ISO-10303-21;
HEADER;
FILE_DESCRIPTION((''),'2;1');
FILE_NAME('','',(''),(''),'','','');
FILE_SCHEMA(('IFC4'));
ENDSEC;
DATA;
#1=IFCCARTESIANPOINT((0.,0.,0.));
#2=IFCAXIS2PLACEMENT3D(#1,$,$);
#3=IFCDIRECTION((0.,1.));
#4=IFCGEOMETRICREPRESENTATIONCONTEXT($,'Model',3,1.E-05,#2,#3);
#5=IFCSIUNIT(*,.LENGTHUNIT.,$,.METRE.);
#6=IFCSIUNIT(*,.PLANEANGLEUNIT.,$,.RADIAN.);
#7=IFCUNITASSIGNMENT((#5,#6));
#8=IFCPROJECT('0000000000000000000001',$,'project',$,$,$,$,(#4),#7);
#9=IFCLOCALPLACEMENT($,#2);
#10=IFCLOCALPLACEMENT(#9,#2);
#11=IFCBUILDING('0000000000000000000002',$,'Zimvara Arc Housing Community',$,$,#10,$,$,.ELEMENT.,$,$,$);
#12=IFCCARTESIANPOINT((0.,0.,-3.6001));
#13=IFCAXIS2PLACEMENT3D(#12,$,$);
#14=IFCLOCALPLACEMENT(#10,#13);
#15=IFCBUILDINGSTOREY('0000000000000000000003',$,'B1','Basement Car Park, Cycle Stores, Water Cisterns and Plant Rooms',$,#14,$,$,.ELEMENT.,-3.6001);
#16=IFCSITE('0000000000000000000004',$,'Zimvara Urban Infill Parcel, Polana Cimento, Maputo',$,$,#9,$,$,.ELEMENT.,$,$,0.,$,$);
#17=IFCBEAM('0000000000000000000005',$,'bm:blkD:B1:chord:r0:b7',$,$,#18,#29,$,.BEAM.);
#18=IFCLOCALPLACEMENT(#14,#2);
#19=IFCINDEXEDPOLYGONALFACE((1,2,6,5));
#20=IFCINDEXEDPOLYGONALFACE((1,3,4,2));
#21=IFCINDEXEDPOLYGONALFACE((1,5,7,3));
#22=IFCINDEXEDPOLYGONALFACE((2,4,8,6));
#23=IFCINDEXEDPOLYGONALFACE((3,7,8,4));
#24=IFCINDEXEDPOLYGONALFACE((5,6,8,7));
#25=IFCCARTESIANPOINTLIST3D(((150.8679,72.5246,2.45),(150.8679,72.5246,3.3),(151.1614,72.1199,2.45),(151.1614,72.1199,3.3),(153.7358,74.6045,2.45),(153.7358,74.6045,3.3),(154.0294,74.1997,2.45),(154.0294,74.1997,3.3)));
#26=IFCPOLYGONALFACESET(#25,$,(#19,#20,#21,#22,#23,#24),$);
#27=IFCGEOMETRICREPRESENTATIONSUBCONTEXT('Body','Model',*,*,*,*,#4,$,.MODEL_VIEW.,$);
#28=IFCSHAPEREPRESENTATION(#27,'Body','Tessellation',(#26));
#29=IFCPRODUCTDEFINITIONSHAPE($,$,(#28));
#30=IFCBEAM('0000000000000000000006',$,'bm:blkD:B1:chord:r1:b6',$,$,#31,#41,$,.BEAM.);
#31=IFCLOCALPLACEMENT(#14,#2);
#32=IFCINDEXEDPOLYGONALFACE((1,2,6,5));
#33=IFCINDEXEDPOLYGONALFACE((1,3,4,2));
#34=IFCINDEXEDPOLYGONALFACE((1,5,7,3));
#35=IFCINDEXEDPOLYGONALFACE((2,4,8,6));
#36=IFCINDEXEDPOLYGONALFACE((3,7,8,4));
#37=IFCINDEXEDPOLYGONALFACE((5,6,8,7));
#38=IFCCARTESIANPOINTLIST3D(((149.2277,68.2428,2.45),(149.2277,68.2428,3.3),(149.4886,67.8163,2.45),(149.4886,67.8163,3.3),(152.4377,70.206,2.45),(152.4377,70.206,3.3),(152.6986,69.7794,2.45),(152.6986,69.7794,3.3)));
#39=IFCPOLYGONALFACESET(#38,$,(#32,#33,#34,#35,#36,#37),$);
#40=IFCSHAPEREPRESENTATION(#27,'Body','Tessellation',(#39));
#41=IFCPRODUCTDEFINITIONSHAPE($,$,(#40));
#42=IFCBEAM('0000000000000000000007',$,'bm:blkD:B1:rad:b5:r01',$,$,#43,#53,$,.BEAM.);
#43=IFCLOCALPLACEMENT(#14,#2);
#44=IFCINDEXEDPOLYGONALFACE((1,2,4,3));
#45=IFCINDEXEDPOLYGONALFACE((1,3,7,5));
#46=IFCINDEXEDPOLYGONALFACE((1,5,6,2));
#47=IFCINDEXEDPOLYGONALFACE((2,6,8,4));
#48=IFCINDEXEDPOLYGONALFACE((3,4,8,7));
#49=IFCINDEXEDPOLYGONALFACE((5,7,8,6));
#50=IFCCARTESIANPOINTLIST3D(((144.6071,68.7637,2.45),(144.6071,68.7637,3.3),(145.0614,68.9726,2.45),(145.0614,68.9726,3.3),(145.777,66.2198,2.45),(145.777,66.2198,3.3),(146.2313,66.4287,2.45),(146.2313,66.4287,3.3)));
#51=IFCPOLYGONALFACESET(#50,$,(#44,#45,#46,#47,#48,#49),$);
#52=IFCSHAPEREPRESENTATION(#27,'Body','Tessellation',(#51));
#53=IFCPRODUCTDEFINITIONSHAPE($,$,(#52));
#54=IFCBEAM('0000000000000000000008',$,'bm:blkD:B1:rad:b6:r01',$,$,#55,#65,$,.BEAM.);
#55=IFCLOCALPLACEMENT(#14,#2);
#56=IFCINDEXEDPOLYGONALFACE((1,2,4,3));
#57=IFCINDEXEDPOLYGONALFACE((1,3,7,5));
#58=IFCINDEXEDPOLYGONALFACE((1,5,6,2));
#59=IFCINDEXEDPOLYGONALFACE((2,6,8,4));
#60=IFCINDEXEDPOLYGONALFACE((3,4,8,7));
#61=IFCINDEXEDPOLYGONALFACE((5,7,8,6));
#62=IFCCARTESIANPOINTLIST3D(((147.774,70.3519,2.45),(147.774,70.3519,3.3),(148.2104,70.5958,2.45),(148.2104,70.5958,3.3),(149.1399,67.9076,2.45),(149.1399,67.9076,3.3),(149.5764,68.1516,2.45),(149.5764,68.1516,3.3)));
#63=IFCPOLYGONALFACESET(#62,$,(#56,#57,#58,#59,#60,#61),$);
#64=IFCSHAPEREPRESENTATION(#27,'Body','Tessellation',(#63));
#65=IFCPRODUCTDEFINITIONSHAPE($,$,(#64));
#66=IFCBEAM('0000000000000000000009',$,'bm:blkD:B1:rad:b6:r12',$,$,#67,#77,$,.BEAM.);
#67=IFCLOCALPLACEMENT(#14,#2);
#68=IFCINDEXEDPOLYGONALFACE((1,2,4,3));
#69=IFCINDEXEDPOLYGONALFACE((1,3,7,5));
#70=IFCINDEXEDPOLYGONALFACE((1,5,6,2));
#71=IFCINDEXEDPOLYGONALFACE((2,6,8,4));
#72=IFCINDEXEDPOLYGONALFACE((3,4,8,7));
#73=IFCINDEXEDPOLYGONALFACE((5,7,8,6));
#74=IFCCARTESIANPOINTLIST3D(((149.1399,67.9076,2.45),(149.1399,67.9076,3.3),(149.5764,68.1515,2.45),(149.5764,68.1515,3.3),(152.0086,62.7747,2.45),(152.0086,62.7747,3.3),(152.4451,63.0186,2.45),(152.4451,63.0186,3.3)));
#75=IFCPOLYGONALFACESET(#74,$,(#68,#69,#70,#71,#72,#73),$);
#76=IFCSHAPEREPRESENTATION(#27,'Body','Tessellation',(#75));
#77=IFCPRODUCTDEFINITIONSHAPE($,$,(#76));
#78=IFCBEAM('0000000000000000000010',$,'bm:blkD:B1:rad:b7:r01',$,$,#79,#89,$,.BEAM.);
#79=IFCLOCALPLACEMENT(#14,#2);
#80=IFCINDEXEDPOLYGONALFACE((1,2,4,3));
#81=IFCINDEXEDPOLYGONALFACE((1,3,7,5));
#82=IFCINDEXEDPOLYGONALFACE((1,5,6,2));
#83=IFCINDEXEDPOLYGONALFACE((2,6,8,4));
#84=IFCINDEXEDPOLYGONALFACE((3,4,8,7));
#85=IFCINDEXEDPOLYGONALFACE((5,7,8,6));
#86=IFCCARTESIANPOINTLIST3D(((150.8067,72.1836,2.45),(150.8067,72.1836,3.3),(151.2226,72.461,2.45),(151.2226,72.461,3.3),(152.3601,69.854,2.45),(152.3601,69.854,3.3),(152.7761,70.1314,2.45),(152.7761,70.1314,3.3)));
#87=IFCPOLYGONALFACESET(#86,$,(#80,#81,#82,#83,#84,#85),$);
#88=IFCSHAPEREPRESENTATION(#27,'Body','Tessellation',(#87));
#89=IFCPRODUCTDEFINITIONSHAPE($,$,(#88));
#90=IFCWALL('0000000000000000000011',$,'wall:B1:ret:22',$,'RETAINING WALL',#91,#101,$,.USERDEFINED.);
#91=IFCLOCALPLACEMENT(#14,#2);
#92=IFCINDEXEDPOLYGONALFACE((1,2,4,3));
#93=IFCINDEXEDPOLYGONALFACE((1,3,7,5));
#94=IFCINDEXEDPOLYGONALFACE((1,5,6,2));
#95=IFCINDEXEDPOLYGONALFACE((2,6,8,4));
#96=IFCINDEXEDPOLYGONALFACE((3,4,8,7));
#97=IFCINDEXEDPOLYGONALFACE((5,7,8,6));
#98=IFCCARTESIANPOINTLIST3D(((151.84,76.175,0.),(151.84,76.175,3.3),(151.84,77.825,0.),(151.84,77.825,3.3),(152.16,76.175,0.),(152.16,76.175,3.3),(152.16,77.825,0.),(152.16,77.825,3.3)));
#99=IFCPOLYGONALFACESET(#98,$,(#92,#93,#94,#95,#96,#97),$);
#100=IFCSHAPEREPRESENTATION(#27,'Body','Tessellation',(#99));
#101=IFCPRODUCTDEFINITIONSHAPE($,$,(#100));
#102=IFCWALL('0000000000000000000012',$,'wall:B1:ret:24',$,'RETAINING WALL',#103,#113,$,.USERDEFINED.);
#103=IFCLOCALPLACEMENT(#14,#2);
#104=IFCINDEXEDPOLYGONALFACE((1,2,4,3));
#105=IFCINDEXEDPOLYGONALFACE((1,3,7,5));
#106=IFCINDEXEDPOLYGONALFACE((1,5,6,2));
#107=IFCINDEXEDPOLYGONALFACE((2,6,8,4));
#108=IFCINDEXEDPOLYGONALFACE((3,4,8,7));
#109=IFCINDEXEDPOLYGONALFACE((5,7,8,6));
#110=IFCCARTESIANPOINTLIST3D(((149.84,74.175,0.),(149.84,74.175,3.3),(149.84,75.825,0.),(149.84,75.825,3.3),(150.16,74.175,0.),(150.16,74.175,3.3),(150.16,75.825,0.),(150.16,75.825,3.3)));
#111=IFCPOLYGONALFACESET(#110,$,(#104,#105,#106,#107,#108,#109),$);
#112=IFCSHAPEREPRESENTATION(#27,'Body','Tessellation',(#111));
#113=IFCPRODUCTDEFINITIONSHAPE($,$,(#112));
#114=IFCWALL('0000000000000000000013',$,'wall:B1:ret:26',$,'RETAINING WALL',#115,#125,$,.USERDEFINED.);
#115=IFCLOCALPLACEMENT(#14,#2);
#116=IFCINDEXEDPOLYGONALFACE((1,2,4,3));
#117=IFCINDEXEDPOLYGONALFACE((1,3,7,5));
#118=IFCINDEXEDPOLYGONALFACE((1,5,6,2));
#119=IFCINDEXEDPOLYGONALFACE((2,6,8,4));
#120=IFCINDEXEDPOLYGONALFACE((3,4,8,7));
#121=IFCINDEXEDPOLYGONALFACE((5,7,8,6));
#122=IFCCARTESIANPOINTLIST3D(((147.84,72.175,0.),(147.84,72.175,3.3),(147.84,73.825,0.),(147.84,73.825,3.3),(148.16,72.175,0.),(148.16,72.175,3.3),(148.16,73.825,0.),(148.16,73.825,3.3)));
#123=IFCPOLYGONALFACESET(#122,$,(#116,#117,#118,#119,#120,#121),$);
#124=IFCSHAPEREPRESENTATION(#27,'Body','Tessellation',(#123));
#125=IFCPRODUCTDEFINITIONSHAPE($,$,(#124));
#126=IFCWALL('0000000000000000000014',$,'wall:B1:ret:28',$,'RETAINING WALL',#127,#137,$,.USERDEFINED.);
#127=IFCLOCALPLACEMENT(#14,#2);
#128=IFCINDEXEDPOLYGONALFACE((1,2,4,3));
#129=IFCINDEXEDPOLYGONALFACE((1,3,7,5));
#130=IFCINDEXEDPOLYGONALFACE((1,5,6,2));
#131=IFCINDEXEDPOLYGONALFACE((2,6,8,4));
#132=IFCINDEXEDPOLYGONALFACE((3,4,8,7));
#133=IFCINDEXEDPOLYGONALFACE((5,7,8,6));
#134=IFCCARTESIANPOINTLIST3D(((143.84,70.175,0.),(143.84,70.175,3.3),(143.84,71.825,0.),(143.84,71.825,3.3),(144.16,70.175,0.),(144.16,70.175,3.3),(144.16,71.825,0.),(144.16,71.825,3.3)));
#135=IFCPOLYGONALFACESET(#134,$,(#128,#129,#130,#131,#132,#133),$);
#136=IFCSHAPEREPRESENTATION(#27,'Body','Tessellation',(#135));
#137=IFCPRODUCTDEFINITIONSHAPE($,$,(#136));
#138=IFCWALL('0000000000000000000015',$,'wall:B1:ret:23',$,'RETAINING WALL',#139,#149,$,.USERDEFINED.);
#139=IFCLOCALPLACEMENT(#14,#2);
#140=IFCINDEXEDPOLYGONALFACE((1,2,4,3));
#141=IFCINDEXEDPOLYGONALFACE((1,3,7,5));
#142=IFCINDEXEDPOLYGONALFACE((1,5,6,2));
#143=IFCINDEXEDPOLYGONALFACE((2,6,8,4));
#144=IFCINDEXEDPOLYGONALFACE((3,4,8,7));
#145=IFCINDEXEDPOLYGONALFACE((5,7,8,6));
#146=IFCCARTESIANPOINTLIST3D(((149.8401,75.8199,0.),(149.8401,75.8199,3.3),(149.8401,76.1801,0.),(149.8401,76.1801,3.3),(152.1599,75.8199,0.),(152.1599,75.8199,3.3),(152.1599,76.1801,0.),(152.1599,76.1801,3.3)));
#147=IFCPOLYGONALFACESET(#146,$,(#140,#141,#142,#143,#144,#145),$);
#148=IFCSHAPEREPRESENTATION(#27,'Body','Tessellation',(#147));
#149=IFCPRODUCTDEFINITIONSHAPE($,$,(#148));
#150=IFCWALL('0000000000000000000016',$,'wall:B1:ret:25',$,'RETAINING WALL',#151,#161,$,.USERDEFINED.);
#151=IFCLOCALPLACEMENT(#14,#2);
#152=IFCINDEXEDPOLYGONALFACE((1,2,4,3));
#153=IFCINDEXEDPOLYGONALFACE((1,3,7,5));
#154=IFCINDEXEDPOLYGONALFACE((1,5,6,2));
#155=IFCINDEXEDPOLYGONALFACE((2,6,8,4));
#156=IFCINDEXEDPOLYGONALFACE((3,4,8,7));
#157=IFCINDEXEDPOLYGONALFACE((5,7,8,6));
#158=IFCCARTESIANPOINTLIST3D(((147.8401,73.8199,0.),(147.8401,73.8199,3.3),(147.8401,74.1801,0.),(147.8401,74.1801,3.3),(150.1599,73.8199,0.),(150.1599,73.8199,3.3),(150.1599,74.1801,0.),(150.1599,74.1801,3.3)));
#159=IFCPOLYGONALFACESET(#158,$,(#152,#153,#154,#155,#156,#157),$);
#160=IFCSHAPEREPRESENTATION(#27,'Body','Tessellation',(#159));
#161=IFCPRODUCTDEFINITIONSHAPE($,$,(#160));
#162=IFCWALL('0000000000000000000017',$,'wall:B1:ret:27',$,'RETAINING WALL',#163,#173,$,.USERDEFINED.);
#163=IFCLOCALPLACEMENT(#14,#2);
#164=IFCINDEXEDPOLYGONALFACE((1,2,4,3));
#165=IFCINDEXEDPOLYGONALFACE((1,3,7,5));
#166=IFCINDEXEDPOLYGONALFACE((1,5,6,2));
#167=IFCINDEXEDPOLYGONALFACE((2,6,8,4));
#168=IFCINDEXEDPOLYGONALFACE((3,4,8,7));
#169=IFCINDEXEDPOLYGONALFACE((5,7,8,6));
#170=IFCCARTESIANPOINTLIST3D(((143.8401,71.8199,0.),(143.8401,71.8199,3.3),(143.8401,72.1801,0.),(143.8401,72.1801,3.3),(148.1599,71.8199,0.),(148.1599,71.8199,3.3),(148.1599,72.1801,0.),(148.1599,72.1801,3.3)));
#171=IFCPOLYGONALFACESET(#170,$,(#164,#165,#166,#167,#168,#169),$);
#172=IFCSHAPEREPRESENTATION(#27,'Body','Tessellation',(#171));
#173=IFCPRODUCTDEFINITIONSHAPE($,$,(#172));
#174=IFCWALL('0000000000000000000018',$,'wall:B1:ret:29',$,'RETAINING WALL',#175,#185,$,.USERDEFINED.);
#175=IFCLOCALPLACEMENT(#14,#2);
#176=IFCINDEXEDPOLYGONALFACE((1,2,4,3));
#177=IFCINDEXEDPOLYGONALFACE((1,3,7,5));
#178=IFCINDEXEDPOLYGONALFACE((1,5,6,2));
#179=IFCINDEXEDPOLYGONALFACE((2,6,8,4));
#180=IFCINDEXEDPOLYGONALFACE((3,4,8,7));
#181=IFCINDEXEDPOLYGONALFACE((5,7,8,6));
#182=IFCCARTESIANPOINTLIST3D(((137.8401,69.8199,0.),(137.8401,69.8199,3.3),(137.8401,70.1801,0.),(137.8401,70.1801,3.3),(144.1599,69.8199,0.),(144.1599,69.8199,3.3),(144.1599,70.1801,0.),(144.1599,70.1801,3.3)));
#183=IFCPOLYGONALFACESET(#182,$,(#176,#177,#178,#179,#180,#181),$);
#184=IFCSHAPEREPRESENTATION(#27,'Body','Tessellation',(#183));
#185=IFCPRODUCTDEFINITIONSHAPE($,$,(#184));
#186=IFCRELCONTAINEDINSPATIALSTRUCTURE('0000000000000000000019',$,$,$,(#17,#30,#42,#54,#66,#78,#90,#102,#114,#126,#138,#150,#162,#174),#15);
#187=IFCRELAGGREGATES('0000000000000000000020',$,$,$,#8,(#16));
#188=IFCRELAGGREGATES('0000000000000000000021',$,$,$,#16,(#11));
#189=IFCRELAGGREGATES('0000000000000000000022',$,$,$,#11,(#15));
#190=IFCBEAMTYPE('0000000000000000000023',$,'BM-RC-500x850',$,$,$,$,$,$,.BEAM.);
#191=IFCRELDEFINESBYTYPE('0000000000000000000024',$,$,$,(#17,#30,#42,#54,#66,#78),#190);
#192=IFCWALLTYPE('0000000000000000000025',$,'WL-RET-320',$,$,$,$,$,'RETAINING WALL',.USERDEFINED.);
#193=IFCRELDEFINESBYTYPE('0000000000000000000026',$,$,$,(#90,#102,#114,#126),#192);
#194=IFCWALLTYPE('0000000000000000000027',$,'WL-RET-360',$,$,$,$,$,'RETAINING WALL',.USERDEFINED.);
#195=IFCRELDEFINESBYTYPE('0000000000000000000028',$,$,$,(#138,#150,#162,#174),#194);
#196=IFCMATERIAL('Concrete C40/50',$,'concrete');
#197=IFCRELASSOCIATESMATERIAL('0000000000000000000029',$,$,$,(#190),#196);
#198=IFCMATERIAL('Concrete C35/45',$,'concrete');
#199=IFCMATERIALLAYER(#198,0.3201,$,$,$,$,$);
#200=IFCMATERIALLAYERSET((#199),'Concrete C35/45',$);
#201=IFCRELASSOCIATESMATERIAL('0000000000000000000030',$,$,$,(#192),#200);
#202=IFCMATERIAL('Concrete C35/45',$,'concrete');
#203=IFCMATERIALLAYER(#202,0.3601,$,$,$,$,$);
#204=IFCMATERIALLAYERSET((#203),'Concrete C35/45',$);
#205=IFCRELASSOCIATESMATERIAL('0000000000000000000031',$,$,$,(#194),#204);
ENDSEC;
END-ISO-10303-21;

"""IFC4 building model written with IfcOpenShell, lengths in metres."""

from ifc_helpers import new_model, si_unit, direction, frame, frame_2d, origin, origin_2d, place, context, subcontext, project, spatial, rectangle, extrude, material, layer, layer_set, material_profile, profile_set, type_object, element, save


model = new_model("IFC4")

# Units and contexts
model_context = context("Model", 3, precision=1e-05, world=origin(), true_north=direction((0.0, 1.0)))
body_context = subcontext(model_context, "Body", "Model", "MODEL_VIEW")
ifc_project = project(units=[si_unit("LENGTHUNIT", "METRE"), si_unit("PLANEANGLEUNIT", "RADIAN")], contexts=[model_context])

# Site, building, storey
site_placement = place(None, origin())
site = spatial("IfcSite", under=ifc_project, at=site_placement, Name="Zimvara Urban Infill Parcel, Polana Cimento, Maputo", CompositionType="ELEMENT", RefElevation=0.0)
building_placement = place(site_placement, origin())
building = spatial("IfcBuilding", under=site, at=building_placement, Name="Zimvara Arc Housing Community", CompositionType="ELEMENT")
storey_placement = place(building_placement, frame((0.0, 0.0, -3.6001)))
storey = spatial("IfcBuildingStorey", under=building, at=storey_placement, Name="B1", Description="Basement Car Park, Cycle Stores, Water Cisterns and Plant Rooms", CompositionType="ELEMENT", Elevation=-3.6001)

# Beams
ifc_material_1 = material(Name="Concrete C40/50", Category="concrete")
ifc_material_profile_1 = material_profile(ifc_material_1, rectangle(XDim=0.5, YDim=0.8501, at=origin_2d()), Name="RC 500x850")
ifc_profile_set_1 = profile_set([ifc_material_profile_1], Name="Concrete C40/50")
beam_type = type_object("IfcBeamType", Name="BM-RC-500x850", PredefinedType="BEAM", material=ifc_profile_set_1)
beam_1_placement = place(storey_placement, frame((151.0146, 72.3223, 2.875), z_axis=(0.809531, 0.587077, 0.0), x_axis=(-0.587077, 0.809531, 0.0)))
element("IfcBeam", 1, at=beam_1_placement, inside=storey, type_object=beam_type, Name="bm:blkD:B1:chord:r0:b7", PredefinedType="BEAM", context=body_context, shape_type="SweptSolid", body=[
    extrude(rectangle(XDim=0.5, YDim=0.8501, at=origin_2d()), origin(), (0.0, 0.0, 1.0), 3.5427),
])
beam_2_placement = place(storey_placement, frame((149.3582, 68.0295, 2.875), z_axis=(0.853105, 0.521739, 0.0), x_axis=(-0.521739, 0.853105, 0.0)))
element("IfcBeam", 2, at=beam_2_placement, inside=storey, type_object=beam_type, Name="bm:blkD:B1:chord:r1:b6", PredefinedType="BEAM", context=body_context, shape_type="SweptSolid", body=[
    extrude(rectangle(XDim=0.5, YDim=0.8501, at=origin_2d()), origin(), (0.0, 0.0, 1.0), 3.7627),
])
for number, where, z_axis, x_axis, name in (
    (3, (144.8342, 68.8682, 2.875), (0.417819, -0.90853, 0.0), (0.90853, 0.417819, 0.0), "bm:blkD:B1:rad:b5:r01"),
    (4, (147.9922, 70.4739, 2.875), (0.487825, -0.872941, 0.0), (0.872941, 0.487825, 0.0), "bm:blkD:B1:rad:b6:r01"),
):
    element("IfcBeam", number, at=place(storey_placement, frame(where, z_axis=z_axis, x_axis=x_axis)), inside=storey, type_object=beam_type, Name=name, PredefinedType="BEAM", context=body_context, shape_type="SweptSolid", body=[
        extrude(rectangle(XDim=0.5, YDim=0.8501, at=origin_2d()), origin(), (0.0, 0.0, 1.0), 2.8),
    ])
beam_3_placement = place(storey_placement, frame((149.3582, 68.0295, 2.875), z_axis=(0.487862, -0.872921, 0.0), x_axis=(0.872921, 0.487862, 0.0)))
element("IfcBeam", 5, at=beam_3_placement, inside=storey, type_object=beam_type, Name="bm:blkD:B1:rad:b6:r12", PredefinedType="BEAM", context=body_context, shape_type="SweptSolid", body=[
    extrude(rectangle(XDim=0.5, YDim=0.8501, at=origin_2d()), origin(), (0.0, 0.0, 1.0), 5.8801),
])
beam_4_placement = place(storey_placement, frame((151.0146, 72.3223, 2.875), z_axis=(0.554801, -0.831983, 0.0), x_axis=(0.831983, 0.554801, 0.0)))
element("IfcBeam", 6, at=beam_4_placement, inside=storey, type_object=beam_type, Name="bm:blkD:B1:rad:b7:r01", PredefinedType="BEAM", context=body_context, shape_type="SweptSolid", body=[
    extrude(rectangle(XDim=0.5, YDim=0.8501, at=origin_2d()), origin(), (0.0, 0.0, 1.0), 2.8),
])

# Walls
ifc_material_2 = material(Name="Concrete C35/45", Category="concrete")
ifc_layer_1 = layer(ifc_material_2, 0.3201)
ifc_layer_set_1 = layer_set([ifc_layer_1], Name="Concrete C35/45")
wall_type_1 = type_object("IfcWallType", Name="WL-RET-320", ElementType="RETAINING WALL", PredefinedType="USERDEFINED", material=ifc_layer_set_1)
for number, where, z_axis, x_axis, name in (
    (7, (152.0, 77.825, 0.0), (0.0, 0.0, 1.0), (0.0, -1.0, 0.0), "wall:B1:ret:22"),
    (8, (150.0, 75.825, 0.0), (0.0, 0.0, 1.0), (0.0, -1.0, 0.0), "wall:B1:ret:24"),
    (9, (148.0, 73.825, 0.0), (0.0, 0.0, 1.0), (0.0, -1.0, 0.0), "wall:B1:ret:26"),
    (10, (144.0, 71.825, 0.0), (0.0, 0.0, 1.0), (0.0, -1.0, 0.0), "wall:B1:ret:28"),
):
    element("IfcWall", number, at=place(storey_placement, frame(where, z_axis=z_axis, x_axis=x_axis)), inside=storey, type_object=wall_type_1, Name=name, ObjectType="RETAINING WALL", PredefinedType="USERDEFINED", context=body_context, shape_type="SweptSolid", body=[
        extrude(rectangle(XDim=1.6499, YDim=0.3201, at=frame_2d((0.825, 0.0))), origin(), (0.0, 0.0, 1.0), 3.3),
    ])
ifc_material_3 = material(Name="Concrete C35/45", Category="concrete")
ifc_layer_2 = layer(ifc_material_3, 0.3601)
ifc_layer_set_2 = layer_set([ifc_layer_2], Name="Concrete C35/45")
wall_type_2 = type_object("IfcWallType", Name="WL-RET-360", ElementType="RETAINING WALL", PredefinedType="USERDEFINED", material=ifc_layer_set_2)
for number, where, z_axis, x_axis, name in (
    (11, (152.1599, 76.0, 0.0), (0.0, 0.0, 1.0), (-1.0, 0.0, 0.0), "wall:B1:ret:23"),
    (12, (150.1599, 74.0, 0.0), (0.0, 0.0, 1.0), (-1.0, 0.0, 0.0), "wall:B1:ret:25"),
):
    element("IfcWall", number, at=place(storey_placement, frame(where, z_axis=z_axis, x_axis=x_axis)), inside=storey, type_object=wall_type_2, Name=name, ObjectType="RETAINING WALL", PredefinedType="USERDEFINED", context=body_context, shape_type="SweptSolid", body=[
        extrude(rectangle(XDim=2.3198, YDim=0.3601, at=frame_2d((1.1599, 0.0))), origin(), (0.0, 0.0, 1.0), 3.3),
    ])
wall_1_placement = place(storey_placement, frame((148.1599, 72.0, 0.0), z_axis=(0.0, 0.0, 1.0), x_axis=(-1.0, 0.0, 0.0)))
element("IfcWall", 13, at=wall_1_placement, inside=storey, type_object=wall_type_2, Name="wall:B1:ret:27", ObjectType="RETAINING WALL", PredefinedType="USERDEFINED", context=body_context, shape_type="SweptSolid", body=[
    extrude(rectangle(XDim=4.3198, YDim=0.3601, at=frame_2d((2.1599, 0.0))), origin(), (0.0, 0.0, 1.0), 3.3),
])
wall_2_placement = place(storey_placement, frame((144.1599, 70.0, 0.0), z_axis=(0.0, 0.0, 1.0), x_axis=(-1.0, 0.0, 0.0)))
element("IfcWall", 14, at=wall_2_placement, inside=storey, type_object=wall_type_2, Name="wall:B1:ret:29", ObjectType="RETAINING WALL", PredefinedType="USERDEFINED", context=body_context, shape_type="SweptSolid", body=[
    extrude(rectangle(XDim=6.3198, YDim=0.3601, at=frame_2d((3.1599, 0.0))), origin(), (0.0, 0.0, 1.0), 3.3),
])

save(model, "model.ifc")
